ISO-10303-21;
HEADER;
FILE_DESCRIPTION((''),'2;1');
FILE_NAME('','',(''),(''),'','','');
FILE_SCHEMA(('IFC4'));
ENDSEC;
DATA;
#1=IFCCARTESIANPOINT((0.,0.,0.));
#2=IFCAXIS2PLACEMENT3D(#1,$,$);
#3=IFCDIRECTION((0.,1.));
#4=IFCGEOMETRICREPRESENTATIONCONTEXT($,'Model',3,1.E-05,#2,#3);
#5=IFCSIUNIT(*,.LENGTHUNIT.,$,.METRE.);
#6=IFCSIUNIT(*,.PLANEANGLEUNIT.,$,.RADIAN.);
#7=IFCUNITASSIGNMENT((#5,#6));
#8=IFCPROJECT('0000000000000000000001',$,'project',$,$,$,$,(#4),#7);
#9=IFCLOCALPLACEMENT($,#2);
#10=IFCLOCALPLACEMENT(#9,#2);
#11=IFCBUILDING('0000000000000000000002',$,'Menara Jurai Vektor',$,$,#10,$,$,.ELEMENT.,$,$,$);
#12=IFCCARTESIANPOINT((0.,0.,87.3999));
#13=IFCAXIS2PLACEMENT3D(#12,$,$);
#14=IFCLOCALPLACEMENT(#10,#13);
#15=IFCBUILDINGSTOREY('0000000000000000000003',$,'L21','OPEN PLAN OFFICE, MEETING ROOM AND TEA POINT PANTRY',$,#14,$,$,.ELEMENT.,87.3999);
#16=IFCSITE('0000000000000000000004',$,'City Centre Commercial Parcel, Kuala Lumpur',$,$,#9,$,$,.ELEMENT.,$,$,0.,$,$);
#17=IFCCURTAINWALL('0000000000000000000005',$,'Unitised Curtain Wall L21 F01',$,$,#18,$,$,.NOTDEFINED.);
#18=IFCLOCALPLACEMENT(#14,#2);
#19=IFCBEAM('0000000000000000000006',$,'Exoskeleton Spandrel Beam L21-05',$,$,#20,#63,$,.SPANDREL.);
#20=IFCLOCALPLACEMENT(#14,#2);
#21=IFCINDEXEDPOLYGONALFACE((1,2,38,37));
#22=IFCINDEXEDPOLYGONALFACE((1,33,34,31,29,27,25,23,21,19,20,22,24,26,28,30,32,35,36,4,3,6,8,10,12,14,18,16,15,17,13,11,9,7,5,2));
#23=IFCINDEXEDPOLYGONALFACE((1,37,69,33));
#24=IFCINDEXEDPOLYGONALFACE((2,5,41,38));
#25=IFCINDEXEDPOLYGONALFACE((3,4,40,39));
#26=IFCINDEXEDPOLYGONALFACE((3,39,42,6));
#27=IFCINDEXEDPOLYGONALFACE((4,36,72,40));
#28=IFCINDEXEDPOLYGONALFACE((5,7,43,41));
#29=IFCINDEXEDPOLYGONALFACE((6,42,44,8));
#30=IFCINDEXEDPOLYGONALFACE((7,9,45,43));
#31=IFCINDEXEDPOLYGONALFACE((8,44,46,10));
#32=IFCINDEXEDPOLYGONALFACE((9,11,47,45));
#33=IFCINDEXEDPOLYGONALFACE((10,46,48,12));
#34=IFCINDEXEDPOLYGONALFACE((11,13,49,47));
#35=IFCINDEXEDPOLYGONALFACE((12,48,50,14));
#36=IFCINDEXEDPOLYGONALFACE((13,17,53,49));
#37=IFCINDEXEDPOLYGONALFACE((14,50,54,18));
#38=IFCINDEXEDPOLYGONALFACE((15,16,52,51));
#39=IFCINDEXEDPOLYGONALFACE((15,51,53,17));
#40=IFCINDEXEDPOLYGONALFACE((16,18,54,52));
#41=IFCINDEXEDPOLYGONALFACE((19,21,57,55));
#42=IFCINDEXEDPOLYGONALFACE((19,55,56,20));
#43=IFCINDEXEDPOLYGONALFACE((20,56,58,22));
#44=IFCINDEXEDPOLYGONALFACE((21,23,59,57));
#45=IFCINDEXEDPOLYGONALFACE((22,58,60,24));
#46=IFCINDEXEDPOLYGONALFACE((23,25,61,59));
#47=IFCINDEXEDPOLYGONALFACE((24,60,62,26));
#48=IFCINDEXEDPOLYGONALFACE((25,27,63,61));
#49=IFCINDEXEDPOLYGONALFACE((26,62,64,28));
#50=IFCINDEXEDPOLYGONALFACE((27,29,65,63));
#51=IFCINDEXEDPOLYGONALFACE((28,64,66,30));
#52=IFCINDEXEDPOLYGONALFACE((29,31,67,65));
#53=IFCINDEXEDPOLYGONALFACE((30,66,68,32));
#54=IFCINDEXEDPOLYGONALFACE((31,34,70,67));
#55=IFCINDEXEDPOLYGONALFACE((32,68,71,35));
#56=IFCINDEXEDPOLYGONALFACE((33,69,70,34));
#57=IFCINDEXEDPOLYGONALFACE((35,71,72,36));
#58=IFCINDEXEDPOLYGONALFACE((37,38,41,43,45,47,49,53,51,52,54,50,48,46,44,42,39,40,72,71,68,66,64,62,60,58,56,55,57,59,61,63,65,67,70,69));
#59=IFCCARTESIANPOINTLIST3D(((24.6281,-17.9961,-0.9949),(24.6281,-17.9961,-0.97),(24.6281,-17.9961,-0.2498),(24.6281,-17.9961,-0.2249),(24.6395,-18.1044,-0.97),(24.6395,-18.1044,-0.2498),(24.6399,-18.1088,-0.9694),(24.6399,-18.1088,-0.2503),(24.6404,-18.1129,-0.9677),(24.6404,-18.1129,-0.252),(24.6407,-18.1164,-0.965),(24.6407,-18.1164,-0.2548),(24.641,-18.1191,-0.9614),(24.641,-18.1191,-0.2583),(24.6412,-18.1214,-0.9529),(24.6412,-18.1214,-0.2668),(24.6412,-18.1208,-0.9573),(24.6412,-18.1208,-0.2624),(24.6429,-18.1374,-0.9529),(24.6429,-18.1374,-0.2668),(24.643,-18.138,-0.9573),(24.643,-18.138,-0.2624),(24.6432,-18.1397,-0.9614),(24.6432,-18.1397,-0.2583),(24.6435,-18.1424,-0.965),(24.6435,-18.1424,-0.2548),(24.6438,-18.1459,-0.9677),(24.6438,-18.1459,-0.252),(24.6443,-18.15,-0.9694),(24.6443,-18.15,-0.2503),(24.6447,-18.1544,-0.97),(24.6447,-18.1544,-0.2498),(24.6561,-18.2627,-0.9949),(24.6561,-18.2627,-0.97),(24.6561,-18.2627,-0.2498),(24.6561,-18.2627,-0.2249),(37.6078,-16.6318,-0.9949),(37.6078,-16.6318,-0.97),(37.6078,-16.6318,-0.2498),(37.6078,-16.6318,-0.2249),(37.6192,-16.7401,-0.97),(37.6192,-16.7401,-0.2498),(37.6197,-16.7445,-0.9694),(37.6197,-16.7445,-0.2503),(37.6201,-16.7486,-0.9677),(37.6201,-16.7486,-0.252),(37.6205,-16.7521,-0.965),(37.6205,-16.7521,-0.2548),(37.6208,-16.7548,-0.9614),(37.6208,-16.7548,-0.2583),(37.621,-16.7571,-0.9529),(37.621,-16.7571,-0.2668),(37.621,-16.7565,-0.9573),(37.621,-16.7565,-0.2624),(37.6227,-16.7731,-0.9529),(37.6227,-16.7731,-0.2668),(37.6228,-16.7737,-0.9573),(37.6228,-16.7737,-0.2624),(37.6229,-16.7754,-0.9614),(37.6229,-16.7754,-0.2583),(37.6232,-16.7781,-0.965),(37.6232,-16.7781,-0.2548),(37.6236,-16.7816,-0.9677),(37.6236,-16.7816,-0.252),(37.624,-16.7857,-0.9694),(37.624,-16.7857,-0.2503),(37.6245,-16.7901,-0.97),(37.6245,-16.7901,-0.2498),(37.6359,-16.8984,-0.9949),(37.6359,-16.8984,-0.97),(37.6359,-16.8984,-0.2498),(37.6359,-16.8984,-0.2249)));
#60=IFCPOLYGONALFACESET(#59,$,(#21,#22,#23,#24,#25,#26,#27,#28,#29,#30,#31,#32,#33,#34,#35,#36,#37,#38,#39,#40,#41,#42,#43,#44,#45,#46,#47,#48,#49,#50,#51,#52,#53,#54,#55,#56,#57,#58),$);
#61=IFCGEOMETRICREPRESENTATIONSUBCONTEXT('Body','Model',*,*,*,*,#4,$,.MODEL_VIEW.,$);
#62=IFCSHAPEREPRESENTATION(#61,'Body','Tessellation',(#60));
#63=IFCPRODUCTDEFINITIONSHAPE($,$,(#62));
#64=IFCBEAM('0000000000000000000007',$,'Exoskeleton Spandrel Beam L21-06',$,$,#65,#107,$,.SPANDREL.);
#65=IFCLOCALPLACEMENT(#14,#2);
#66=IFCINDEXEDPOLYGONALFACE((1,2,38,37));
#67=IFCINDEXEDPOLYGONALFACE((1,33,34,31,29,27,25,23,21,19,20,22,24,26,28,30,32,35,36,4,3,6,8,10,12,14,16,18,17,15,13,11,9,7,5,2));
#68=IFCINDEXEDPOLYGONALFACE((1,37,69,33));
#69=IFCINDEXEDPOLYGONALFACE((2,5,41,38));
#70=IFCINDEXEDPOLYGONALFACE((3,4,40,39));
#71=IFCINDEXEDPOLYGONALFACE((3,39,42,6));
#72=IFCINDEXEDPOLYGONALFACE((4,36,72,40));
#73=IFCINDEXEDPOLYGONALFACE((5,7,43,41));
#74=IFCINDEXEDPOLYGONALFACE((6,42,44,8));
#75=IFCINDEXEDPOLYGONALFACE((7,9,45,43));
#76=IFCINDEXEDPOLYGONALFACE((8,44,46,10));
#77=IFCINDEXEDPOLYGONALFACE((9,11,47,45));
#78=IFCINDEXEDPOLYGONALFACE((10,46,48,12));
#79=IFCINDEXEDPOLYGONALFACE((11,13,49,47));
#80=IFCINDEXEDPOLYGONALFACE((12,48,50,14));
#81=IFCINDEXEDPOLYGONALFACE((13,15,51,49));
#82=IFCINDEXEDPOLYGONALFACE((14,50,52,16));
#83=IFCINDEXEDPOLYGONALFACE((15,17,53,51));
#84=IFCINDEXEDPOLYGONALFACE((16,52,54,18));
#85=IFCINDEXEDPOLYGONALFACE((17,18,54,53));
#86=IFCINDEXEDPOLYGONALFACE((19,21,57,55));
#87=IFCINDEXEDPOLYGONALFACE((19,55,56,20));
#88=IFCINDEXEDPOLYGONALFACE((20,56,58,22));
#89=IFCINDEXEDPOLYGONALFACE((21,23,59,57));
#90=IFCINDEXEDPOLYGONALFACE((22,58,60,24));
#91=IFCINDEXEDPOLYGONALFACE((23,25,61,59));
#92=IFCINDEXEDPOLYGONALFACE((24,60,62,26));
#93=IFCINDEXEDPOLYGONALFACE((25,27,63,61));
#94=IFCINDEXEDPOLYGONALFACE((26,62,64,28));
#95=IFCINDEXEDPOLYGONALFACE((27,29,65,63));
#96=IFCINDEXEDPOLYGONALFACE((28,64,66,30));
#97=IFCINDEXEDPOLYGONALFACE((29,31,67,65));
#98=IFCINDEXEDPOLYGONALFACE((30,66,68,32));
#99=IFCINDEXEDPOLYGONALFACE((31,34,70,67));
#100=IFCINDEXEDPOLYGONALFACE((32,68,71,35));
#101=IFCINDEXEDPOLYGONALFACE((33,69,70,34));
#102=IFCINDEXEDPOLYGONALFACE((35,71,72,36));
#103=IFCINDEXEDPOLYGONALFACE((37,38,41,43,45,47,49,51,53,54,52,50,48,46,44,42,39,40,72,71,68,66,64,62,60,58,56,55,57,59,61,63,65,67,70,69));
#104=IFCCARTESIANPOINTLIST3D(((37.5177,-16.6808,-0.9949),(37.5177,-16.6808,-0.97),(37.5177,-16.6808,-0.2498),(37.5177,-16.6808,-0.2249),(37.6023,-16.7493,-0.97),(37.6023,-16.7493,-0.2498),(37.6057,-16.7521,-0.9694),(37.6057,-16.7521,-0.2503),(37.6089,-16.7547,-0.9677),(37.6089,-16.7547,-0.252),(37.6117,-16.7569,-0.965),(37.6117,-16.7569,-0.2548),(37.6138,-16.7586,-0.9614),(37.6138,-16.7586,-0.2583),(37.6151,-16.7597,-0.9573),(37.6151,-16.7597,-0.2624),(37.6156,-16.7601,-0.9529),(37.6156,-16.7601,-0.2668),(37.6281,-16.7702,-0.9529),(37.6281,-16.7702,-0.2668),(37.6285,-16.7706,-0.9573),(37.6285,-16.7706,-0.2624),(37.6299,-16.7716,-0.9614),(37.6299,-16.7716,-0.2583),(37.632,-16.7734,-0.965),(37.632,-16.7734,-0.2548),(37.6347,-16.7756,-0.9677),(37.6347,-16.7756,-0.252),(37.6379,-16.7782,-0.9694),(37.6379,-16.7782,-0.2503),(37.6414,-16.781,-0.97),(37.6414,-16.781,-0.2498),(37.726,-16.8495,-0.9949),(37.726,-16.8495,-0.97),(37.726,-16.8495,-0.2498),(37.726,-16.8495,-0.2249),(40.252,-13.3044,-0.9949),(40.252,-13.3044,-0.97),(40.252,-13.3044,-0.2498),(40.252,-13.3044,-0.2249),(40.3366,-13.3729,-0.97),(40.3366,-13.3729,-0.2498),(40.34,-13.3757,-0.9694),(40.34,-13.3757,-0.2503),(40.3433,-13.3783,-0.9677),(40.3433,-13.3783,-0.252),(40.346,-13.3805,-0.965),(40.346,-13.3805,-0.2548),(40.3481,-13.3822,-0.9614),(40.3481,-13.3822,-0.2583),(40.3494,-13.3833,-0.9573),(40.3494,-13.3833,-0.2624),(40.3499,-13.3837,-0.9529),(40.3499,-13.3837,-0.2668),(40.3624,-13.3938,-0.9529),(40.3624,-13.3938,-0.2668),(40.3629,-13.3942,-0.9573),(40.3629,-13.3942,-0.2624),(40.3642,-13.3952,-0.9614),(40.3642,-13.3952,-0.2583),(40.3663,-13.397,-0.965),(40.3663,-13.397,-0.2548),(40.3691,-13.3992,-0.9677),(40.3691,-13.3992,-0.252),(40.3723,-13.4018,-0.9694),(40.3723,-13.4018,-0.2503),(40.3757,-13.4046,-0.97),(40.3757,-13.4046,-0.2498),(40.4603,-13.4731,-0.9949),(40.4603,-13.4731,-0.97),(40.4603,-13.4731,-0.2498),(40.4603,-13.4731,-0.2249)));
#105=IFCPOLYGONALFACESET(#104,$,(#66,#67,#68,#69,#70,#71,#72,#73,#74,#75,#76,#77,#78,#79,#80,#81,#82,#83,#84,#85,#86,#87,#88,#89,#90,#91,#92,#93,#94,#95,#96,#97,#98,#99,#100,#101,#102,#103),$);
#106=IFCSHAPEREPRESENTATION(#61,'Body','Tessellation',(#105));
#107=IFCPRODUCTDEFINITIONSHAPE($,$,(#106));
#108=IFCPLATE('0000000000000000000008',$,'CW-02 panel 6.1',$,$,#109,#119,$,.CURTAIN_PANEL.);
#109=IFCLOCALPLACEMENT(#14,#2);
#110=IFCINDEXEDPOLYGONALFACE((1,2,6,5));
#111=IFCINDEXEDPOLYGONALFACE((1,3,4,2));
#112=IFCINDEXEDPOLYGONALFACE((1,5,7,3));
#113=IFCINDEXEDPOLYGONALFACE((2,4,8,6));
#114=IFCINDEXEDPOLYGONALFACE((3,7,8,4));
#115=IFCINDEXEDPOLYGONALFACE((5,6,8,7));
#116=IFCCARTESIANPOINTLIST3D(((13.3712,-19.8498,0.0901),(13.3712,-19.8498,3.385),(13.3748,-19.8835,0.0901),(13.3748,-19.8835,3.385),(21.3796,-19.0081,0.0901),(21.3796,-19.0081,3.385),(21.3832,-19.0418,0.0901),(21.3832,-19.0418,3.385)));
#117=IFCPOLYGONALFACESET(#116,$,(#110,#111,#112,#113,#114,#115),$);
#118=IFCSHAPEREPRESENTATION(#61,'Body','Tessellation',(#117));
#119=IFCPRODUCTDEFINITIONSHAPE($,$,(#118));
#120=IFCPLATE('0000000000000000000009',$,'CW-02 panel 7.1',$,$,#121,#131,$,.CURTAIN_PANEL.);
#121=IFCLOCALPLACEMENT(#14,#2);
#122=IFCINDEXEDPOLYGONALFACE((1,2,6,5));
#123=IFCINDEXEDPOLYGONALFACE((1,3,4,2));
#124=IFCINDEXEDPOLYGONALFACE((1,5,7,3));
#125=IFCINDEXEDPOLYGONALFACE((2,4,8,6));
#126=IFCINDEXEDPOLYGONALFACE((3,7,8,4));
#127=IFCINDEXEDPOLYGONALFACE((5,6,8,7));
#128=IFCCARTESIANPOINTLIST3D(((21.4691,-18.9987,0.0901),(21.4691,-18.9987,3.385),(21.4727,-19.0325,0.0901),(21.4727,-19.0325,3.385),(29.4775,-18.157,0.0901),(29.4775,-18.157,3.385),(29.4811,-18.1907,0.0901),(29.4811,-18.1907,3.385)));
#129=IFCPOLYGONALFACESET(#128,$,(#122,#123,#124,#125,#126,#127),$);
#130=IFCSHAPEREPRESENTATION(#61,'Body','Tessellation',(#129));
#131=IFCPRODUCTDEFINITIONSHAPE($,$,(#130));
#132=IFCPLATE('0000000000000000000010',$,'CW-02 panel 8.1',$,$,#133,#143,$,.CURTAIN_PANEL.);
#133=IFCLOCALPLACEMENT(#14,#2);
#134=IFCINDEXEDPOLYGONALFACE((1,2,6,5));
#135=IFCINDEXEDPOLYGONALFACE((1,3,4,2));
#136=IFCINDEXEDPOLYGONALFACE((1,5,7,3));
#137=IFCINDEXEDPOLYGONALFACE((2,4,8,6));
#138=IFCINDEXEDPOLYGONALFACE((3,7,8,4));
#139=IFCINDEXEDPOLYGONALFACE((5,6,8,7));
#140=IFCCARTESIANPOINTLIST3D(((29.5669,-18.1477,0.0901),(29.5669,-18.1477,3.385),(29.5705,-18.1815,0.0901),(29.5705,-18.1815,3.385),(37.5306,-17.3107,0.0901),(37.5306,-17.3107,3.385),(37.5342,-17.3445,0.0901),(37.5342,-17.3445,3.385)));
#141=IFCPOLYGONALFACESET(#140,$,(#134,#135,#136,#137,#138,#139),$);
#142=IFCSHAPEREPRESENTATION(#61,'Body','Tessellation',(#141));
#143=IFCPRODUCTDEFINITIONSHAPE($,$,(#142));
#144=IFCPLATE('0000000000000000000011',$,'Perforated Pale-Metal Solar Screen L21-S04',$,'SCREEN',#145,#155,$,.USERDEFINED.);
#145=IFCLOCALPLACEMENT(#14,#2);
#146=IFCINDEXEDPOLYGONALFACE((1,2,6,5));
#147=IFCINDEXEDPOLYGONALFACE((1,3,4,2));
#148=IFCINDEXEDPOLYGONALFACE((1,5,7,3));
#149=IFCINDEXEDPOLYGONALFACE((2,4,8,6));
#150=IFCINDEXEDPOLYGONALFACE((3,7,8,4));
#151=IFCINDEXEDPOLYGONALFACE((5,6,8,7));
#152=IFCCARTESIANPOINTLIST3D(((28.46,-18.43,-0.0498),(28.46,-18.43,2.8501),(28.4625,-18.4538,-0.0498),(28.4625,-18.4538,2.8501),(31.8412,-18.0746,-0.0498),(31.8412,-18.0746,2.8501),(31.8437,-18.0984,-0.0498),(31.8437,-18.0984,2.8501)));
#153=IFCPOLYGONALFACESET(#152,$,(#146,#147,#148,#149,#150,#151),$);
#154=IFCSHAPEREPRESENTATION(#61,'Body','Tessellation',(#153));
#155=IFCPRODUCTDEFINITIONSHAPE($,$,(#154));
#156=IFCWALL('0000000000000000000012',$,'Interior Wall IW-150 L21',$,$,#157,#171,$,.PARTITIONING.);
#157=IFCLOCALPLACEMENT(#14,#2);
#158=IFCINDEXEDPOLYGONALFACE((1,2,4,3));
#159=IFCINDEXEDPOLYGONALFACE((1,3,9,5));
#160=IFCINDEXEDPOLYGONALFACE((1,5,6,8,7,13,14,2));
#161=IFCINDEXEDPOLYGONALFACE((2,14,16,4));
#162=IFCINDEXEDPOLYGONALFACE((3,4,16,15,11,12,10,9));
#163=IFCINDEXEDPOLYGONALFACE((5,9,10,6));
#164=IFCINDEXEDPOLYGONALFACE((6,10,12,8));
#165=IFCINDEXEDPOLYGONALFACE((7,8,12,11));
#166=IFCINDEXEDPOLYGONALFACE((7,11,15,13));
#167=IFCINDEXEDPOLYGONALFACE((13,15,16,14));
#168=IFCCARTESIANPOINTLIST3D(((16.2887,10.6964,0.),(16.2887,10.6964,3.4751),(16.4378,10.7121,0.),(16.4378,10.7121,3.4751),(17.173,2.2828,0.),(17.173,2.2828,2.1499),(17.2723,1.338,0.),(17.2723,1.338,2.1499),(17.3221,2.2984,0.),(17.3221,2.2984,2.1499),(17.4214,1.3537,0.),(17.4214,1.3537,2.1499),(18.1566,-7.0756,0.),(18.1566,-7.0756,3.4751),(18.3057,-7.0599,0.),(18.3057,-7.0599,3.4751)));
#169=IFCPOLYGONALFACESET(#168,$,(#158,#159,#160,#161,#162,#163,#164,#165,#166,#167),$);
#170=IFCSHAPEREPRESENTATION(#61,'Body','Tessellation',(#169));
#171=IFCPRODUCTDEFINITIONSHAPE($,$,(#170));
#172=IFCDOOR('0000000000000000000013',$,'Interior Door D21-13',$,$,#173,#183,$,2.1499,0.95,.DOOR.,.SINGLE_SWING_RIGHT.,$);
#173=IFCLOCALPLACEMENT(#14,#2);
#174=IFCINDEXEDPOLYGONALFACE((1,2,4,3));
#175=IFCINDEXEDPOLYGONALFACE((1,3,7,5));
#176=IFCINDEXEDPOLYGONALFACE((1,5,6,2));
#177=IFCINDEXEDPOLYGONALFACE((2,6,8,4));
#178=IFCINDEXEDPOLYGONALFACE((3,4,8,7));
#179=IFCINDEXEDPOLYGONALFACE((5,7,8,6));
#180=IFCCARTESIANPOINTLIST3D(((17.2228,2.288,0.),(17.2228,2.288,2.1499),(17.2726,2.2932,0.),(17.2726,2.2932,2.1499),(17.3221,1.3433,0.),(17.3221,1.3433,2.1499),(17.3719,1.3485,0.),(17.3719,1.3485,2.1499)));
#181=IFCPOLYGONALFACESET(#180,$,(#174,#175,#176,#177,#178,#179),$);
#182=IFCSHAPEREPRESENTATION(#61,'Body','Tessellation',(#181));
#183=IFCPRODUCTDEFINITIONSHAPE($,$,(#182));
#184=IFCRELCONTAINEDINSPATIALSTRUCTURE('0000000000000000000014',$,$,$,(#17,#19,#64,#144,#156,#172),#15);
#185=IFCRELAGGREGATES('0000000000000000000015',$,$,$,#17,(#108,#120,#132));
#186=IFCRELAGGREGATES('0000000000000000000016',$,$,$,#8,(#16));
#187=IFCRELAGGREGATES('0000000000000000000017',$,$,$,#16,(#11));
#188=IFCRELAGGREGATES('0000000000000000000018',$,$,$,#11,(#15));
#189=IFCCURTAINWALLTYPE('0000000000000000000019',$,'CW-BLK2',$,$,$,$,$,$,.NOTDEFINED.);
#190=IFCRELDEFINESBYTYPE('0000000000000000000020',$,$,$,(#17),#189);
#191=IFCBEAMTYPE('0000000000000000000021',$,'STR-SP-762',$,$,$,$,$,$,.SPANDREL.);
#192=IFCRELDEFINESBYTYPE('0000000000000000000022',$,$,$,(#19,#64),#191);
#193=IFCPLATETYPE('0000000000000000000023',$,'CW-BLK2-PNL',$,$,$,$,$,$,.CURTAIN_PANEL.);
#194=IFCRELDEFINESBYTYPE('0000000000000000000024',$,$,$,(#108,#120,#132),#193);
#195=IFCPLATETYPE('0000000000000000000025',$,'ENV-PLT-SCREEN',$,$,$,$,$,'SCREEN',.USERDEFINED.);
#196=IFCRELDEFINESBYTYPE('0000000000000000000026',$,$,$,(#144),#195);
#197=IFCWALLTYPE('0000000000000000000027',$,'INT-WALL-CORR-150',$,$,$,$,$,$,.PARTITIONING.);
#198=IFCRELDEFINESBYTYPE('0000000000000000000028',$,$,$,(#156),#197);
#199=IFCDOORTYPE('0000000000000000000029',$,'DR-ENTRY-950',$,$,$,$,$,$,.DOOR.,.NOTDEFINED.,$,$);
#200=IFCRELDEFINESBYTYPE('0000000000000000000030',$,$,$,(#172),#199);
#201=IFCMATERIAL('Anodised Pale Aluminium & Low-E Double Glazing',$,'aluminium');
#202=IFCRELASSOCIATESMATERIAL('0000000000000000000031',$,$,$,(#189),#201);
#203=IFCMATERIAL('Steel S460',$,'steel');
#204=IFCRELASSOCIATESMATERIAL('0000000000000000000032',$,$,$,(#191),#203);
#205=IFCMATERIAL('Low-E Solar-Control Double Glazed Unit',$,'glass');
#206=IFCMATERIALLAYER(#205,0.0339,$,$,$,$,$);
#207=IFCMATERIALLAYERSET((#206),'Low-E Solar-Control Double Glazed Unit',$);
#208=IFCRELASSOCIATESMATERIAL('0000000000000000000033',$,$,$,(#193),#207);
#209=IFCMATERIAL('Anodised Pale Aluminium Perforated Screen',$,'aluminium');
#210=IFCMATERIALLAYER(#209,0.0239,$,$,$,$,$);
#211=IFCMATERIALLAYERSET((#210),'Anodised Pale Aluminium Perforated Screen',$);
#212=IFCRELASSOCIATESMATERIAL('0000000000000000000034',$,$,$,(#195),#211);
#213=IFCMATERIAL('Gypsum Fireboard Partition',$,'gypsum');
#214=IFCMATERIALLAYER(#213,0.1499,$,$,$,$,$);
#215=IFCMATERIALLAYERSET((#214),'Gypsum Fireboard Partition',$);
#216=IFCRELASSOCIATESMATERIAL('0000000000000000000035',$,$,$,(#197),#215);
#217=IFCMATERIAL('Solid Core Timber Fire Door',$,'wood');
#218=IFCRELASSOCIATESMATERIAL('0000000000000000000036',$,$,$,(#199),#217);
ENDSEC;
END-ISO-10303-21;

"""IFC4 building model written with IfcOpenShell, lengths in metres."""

from ifc_helpers import new_model, si_unit, direction, frame, frame_2d, origin, origin_2d, place, context, subcontext, project, spatial, rectangle, i_section, extrude, material, layer, layer_set, material_profile, profile_set, type_object, element, fill, aggregate, save


model = new_model("IFC4")

# Units and contexts
model_context = context("Model", 3, precision=1e-05, world=origin(), true_north=direction((0.0, 1.0)))
body_context = subcontext(model_context, "Body", "Model", "MODEL_VIEW")
ifc_project = project(units=[si_unit("LENGTHUNIT", "METRE"), si_unit("PLANEANGLEUNIT", "RADIAN")], contexts=[model_context])

# Site, building, storey
site_placement = place(None, origin())
site = spatial("IfcSite", under=ifc_project, at=site_placement, Name="City Centre Commercial Parcel, Kuala Lumpur", CompositionType="ELEMENT", RefElevation=0.0)
building_placement = place(site_placement, origin())
building = spatial("IfcBuilding", under=site, at=building_placement, Name="Menara Jurai Vektor", CompositionType="ELEMENT")
storey_placement = place(building_placement, frame((0.0, 0.0, 87.3999)))
storey = spatial("IfcBuildingStorey", under=building, at=storey_placement, Name="L21", Description="OPEN PLAN OFFICE, MEETING ROOM AND TEA POINT PANTRY", CompositionType="ELEMENT", Elevation=87.3999)

# Shared definitions
ifc_material_1 = material(Name="Steel S460", Category="steel")

# Curtain wall
ifc_material_2 = material(Name="Anodised Pale Aluminium & Low-E Double Glazing", Category="aluminium")
curtain_wall_type = type_object("IfcCurtainWallType", Name="CW-BLK2", PredefinedType="NOTDEFINED", material=ifc_material_2)
curtain_wall_placement = place(storey_placement, origin())
curtain_wall = element("IfcCurtainWall", 1, at=curtain_wall_placement, inside=storey, type_object=curtain_wall_type, Name="Unitised Curtain Wall L21 F01", PredefinedType="NOTDEFINED")

# Beams
ifc_material_profile_1 = material_profile(ifc_material_1, i_section(OverallWidth=0.2681, OverallDepth=0.77, WebThickness=0.0161, FlangeThickness=0.0249, FilletRadius=0.0171, at=origin_2d()), Name="UKB 762x267x197")
ifc_profile_set_1 = profile_set([ifc_material_profile_1], Name="Steel S460")
beam_type_1 = type_object("IfcBeamType", Name="STR-SP-762", PredefinedType="SPANDREL", material=ifc_profile_set_1)
beam_1_placement = place(storey_placement, frame((24.6421, -18.1294, -0.6099), z_axis=(0.994522, 0.104531, 0.0), x_axis=(-0.104531, 0.994522, 0.0)))
element("IfcBeam", 2, at=beam_1_placement, inside=storey, type_object=beam_type_1, Name="Exoskeleton Spandrel Beam L21-05", PredefinedType="SPANDREL", context=body_context, shape_type="SweptSolid", body=[
    extrude(i_section(OverallWidth=0.2681, OverallDepth=0.77, WebThickness=0.0161, FlangeThickness=0.0249, FilletRadius=0.0171, at=origin_2d()), origin(), (0.0, 0.0, 1.0), 13.0513),
])
beam_2_placement = place(storey_placement, frame((37.6218, -16.7651, -0.6099), z_axis=(0.629344, 0.777127, 0.0), x_axis=(-0.777127, 0.629344, 0.0)))
element("IfcBeam", 3, at=beam_2_placement, inside=storey, type_object=beam_type_1, Name="Exoskeleton Spandrel Beam L21-06", PredefinedType="SPANDREL", context=body_context, shape_type="SweptSolid", body=[
    extrude(i_section(OverallWidth=0.2681, OverallDepth=0.77, WebThickness=0.0161, FlangeThickness=0.0249, FilletRadius=0.0171, at=origin_2d()), origin(), (0.0, 0.0, 1.0), 4.3447),
])

# Plates
ifc_material_3 = material(Name="Low-E Solar-Control Double Glazed Unit", Category="glass")
ifc_layer_1 = layer(ifc_material_3, 0.0339)
ifc_layer_set_1 = layer_set([ifc_layer_1], Name="Low-E Solar-Control Double Glazed Unit")
plate_type_1 = type_object("IfcPlateType", Name="CW-BLK2-PNL", PredefinedType="CURTAIN_PANEL", material=ifc_layer_set_1)
plate_1_placement = place(storey_placement, frame((17.3772, -19.4458, 0.0901), z_axis=(0.0, 0.0, 1.0), x_axis=(0.994522, 0.104529, 0.0)))
plate_1 = element("IfcPlate", 4, at=plate_1_placement, type_object=plate_type_1, Name="CW-02 panel 6.1", PredefinedType="CURTAIN_PANEL", context=body_context, shape_type="SweptSolid", body=[
    extrude(rectangle(XDim=8.0525, YDim=0.0339, at=origin_2d()), origin(), (0.0, 0.0, 1.0), 3.2949),
])
plate_2_placement = place(storey_placement, frame((25.4751, -18.5947, 0.0901), z_axis=(0.0, 0.0, 1.0), x_axis=(0.994522, 0.104529, 0.0)))
plate_2 = element("IfcPlate", 5, at=plate_2_placement, type_object=plate_type_1, Name="CW-02 panel 7.1", PredefinedType="CURTAIN_PANEL", context=body_context, shape_type="SweptSolid", body=[
    extrude(rectangle(XDim=8.0525, YDim=0.0339, at=origin_2d()), origin(), (0.0, 0.0, 1.0), 3.2949),
])
plate_3_placement = place(storey_placement, frame((33.5505, -17.7461, 0.0901), z_axis=(0.0, 0.0, 1.0), x_axis=(0.994522, 0.104529, 0.0)))
plate_3 = element("IfcPlate", 6, at=plate_3_placement, type_object=plate_type_1, Name="CW-02 panel 8.1", PredefinedType="CURTAIN_PANEL", context=body_context, shape_type="SweptSolid", body=[
    extrude(rectangle(XDim=8.0076, YDim=0.0339, at=origin_2d()), origin(), (0.0, 0.0, 1.0), 3.2949),
])
aggregate(curtain_wall, [plate_1, plate_2, plate_3])
ifc_material_4 = material(Name="Anodised Pale Aluminium Perforated Screen", Category="aluminium")
ifc_layer_2 = layer(ifc_material_4, 0.0239)
ifc_layer_set_2 = layer_set([ifc_layer_2], Name="Anodised Pale Aluminium Perforated Screen")
plate_type_2 = type_object("IfcPlateType", Name="ENV-PLT-SCREEN", ElementType="SCREEN", PredefinedType="USERDEFINED", material=ifc_layer_set_2)
plate_4_placement = place(storey_placement, frame((30.1519, -18.2642, -0.0498), z_axis=(0.0, 0.0, 1.0), x_axis=(0.994522, 0.104528, 0.0)))
element("IfcPlate", 7, at=plate_4_placement, inside=storey, type_object=plate_type_2, Name="Perforated Pale-Metal Solar Screen L21-S04", ObjectType="SCREEN", PredefinedType="USERDEFINED", context=body_context, shape_type="SweptSolid", body=[
    extrude(rectangle(XDim=3.3999, YDim=0.0239, at=origin_2d()), origin(), (0.0, 0.0, 1.0), 2.8999),
])

# Wall, opening, door
ifc_material_5 = material(Name="Gypsum Fireboard Partition", Category="gypsum")
ifc_layer_3 = layer(ifc_material_5, 0.1499)
ifc_layer_set_3 = layer_set([ifc_layer_3], Name="Gypsum Fireboard Partition")
wall_type = type_object("IfcWallType", Name="INT-WALL-CORR-150", PredefinedType="PARTITIONING", material=ifc_layer_set_3)
wall_1_placement = place(storey_placement, frame((18.2312, -7.0679, 0.0), z_axis=(0.0, 0.0, 1.0), x_axis=(-0.104529, 0.994522, 0.0)))
wall_1 = element("IfcWall", 8, at=wall_1_placement, inside=storey, type_object=wall_type, Name="Interior Wall IW-150 L21", PredefinedType="PARTITIONING", context=body_context, shape_type="SweptSolid", body=[
    extrude(rectangle(XDim=17.8699, YDim=0.1499, at=frame_2d((8.9351, 0.0))), origin(), (0.0, 0.0, 1.0), 3.4751),
])
opening_placement = place(wall_1_placement, frame((8.46, 0.0, 0.0)))
opening = element("IfcOpeningElement", 9, at=opening_placement, cuts=wall_1, PredefinedType="OPENING", context=body_context, shape_type="SweptSolid", body=[
    extrude(rectangle(XDim=0.95, YDim=2.1499, at=frame_2d((0.4751, 1.075))), frame((0.0, 0.085, 0.0), z_axis=(0.0, -1.0, 0.0), x_axis=(1.0, 0.0, 0.0)), (0.0, 0.0, 1.0), 0.1699),
])
ifc_material_6 = material(Name="Solid Core Timber Fire Door", Category="wood")
door_type = type_object("IfcDoorType", Name="DR-ENTRY-950", OperationType="NOTDEFINED", PredefinedType="DOOR", material=ifc_material_6)
door_placement = place(opening_placement, origin())
door = element("IfcDoor", 10, at=door_placement, inside=storey, type_object=door_type, Name="Interior Door D21-13", OperationType="SINGLE_SWING_RIGHT", OverallHeight=2.1499, OverallWidth=0.95, PredefinedType="DOOR", context=body_context, shape_type="SweptSolid", body=[
    extrude(rectangle(XDim=0.95, YDim=2.1499, at=frame_2d((0.4751, 1.075))), frame((0.0, 0.0249, 0.0), z_axis=(0.0, -1.0, 0.0), x_axis=(1.0, 0.0, 0.0)), (0.0, 0.0, 1.0), 0.05),
])
fill(opening, door)

save(model, "model.ifc")
